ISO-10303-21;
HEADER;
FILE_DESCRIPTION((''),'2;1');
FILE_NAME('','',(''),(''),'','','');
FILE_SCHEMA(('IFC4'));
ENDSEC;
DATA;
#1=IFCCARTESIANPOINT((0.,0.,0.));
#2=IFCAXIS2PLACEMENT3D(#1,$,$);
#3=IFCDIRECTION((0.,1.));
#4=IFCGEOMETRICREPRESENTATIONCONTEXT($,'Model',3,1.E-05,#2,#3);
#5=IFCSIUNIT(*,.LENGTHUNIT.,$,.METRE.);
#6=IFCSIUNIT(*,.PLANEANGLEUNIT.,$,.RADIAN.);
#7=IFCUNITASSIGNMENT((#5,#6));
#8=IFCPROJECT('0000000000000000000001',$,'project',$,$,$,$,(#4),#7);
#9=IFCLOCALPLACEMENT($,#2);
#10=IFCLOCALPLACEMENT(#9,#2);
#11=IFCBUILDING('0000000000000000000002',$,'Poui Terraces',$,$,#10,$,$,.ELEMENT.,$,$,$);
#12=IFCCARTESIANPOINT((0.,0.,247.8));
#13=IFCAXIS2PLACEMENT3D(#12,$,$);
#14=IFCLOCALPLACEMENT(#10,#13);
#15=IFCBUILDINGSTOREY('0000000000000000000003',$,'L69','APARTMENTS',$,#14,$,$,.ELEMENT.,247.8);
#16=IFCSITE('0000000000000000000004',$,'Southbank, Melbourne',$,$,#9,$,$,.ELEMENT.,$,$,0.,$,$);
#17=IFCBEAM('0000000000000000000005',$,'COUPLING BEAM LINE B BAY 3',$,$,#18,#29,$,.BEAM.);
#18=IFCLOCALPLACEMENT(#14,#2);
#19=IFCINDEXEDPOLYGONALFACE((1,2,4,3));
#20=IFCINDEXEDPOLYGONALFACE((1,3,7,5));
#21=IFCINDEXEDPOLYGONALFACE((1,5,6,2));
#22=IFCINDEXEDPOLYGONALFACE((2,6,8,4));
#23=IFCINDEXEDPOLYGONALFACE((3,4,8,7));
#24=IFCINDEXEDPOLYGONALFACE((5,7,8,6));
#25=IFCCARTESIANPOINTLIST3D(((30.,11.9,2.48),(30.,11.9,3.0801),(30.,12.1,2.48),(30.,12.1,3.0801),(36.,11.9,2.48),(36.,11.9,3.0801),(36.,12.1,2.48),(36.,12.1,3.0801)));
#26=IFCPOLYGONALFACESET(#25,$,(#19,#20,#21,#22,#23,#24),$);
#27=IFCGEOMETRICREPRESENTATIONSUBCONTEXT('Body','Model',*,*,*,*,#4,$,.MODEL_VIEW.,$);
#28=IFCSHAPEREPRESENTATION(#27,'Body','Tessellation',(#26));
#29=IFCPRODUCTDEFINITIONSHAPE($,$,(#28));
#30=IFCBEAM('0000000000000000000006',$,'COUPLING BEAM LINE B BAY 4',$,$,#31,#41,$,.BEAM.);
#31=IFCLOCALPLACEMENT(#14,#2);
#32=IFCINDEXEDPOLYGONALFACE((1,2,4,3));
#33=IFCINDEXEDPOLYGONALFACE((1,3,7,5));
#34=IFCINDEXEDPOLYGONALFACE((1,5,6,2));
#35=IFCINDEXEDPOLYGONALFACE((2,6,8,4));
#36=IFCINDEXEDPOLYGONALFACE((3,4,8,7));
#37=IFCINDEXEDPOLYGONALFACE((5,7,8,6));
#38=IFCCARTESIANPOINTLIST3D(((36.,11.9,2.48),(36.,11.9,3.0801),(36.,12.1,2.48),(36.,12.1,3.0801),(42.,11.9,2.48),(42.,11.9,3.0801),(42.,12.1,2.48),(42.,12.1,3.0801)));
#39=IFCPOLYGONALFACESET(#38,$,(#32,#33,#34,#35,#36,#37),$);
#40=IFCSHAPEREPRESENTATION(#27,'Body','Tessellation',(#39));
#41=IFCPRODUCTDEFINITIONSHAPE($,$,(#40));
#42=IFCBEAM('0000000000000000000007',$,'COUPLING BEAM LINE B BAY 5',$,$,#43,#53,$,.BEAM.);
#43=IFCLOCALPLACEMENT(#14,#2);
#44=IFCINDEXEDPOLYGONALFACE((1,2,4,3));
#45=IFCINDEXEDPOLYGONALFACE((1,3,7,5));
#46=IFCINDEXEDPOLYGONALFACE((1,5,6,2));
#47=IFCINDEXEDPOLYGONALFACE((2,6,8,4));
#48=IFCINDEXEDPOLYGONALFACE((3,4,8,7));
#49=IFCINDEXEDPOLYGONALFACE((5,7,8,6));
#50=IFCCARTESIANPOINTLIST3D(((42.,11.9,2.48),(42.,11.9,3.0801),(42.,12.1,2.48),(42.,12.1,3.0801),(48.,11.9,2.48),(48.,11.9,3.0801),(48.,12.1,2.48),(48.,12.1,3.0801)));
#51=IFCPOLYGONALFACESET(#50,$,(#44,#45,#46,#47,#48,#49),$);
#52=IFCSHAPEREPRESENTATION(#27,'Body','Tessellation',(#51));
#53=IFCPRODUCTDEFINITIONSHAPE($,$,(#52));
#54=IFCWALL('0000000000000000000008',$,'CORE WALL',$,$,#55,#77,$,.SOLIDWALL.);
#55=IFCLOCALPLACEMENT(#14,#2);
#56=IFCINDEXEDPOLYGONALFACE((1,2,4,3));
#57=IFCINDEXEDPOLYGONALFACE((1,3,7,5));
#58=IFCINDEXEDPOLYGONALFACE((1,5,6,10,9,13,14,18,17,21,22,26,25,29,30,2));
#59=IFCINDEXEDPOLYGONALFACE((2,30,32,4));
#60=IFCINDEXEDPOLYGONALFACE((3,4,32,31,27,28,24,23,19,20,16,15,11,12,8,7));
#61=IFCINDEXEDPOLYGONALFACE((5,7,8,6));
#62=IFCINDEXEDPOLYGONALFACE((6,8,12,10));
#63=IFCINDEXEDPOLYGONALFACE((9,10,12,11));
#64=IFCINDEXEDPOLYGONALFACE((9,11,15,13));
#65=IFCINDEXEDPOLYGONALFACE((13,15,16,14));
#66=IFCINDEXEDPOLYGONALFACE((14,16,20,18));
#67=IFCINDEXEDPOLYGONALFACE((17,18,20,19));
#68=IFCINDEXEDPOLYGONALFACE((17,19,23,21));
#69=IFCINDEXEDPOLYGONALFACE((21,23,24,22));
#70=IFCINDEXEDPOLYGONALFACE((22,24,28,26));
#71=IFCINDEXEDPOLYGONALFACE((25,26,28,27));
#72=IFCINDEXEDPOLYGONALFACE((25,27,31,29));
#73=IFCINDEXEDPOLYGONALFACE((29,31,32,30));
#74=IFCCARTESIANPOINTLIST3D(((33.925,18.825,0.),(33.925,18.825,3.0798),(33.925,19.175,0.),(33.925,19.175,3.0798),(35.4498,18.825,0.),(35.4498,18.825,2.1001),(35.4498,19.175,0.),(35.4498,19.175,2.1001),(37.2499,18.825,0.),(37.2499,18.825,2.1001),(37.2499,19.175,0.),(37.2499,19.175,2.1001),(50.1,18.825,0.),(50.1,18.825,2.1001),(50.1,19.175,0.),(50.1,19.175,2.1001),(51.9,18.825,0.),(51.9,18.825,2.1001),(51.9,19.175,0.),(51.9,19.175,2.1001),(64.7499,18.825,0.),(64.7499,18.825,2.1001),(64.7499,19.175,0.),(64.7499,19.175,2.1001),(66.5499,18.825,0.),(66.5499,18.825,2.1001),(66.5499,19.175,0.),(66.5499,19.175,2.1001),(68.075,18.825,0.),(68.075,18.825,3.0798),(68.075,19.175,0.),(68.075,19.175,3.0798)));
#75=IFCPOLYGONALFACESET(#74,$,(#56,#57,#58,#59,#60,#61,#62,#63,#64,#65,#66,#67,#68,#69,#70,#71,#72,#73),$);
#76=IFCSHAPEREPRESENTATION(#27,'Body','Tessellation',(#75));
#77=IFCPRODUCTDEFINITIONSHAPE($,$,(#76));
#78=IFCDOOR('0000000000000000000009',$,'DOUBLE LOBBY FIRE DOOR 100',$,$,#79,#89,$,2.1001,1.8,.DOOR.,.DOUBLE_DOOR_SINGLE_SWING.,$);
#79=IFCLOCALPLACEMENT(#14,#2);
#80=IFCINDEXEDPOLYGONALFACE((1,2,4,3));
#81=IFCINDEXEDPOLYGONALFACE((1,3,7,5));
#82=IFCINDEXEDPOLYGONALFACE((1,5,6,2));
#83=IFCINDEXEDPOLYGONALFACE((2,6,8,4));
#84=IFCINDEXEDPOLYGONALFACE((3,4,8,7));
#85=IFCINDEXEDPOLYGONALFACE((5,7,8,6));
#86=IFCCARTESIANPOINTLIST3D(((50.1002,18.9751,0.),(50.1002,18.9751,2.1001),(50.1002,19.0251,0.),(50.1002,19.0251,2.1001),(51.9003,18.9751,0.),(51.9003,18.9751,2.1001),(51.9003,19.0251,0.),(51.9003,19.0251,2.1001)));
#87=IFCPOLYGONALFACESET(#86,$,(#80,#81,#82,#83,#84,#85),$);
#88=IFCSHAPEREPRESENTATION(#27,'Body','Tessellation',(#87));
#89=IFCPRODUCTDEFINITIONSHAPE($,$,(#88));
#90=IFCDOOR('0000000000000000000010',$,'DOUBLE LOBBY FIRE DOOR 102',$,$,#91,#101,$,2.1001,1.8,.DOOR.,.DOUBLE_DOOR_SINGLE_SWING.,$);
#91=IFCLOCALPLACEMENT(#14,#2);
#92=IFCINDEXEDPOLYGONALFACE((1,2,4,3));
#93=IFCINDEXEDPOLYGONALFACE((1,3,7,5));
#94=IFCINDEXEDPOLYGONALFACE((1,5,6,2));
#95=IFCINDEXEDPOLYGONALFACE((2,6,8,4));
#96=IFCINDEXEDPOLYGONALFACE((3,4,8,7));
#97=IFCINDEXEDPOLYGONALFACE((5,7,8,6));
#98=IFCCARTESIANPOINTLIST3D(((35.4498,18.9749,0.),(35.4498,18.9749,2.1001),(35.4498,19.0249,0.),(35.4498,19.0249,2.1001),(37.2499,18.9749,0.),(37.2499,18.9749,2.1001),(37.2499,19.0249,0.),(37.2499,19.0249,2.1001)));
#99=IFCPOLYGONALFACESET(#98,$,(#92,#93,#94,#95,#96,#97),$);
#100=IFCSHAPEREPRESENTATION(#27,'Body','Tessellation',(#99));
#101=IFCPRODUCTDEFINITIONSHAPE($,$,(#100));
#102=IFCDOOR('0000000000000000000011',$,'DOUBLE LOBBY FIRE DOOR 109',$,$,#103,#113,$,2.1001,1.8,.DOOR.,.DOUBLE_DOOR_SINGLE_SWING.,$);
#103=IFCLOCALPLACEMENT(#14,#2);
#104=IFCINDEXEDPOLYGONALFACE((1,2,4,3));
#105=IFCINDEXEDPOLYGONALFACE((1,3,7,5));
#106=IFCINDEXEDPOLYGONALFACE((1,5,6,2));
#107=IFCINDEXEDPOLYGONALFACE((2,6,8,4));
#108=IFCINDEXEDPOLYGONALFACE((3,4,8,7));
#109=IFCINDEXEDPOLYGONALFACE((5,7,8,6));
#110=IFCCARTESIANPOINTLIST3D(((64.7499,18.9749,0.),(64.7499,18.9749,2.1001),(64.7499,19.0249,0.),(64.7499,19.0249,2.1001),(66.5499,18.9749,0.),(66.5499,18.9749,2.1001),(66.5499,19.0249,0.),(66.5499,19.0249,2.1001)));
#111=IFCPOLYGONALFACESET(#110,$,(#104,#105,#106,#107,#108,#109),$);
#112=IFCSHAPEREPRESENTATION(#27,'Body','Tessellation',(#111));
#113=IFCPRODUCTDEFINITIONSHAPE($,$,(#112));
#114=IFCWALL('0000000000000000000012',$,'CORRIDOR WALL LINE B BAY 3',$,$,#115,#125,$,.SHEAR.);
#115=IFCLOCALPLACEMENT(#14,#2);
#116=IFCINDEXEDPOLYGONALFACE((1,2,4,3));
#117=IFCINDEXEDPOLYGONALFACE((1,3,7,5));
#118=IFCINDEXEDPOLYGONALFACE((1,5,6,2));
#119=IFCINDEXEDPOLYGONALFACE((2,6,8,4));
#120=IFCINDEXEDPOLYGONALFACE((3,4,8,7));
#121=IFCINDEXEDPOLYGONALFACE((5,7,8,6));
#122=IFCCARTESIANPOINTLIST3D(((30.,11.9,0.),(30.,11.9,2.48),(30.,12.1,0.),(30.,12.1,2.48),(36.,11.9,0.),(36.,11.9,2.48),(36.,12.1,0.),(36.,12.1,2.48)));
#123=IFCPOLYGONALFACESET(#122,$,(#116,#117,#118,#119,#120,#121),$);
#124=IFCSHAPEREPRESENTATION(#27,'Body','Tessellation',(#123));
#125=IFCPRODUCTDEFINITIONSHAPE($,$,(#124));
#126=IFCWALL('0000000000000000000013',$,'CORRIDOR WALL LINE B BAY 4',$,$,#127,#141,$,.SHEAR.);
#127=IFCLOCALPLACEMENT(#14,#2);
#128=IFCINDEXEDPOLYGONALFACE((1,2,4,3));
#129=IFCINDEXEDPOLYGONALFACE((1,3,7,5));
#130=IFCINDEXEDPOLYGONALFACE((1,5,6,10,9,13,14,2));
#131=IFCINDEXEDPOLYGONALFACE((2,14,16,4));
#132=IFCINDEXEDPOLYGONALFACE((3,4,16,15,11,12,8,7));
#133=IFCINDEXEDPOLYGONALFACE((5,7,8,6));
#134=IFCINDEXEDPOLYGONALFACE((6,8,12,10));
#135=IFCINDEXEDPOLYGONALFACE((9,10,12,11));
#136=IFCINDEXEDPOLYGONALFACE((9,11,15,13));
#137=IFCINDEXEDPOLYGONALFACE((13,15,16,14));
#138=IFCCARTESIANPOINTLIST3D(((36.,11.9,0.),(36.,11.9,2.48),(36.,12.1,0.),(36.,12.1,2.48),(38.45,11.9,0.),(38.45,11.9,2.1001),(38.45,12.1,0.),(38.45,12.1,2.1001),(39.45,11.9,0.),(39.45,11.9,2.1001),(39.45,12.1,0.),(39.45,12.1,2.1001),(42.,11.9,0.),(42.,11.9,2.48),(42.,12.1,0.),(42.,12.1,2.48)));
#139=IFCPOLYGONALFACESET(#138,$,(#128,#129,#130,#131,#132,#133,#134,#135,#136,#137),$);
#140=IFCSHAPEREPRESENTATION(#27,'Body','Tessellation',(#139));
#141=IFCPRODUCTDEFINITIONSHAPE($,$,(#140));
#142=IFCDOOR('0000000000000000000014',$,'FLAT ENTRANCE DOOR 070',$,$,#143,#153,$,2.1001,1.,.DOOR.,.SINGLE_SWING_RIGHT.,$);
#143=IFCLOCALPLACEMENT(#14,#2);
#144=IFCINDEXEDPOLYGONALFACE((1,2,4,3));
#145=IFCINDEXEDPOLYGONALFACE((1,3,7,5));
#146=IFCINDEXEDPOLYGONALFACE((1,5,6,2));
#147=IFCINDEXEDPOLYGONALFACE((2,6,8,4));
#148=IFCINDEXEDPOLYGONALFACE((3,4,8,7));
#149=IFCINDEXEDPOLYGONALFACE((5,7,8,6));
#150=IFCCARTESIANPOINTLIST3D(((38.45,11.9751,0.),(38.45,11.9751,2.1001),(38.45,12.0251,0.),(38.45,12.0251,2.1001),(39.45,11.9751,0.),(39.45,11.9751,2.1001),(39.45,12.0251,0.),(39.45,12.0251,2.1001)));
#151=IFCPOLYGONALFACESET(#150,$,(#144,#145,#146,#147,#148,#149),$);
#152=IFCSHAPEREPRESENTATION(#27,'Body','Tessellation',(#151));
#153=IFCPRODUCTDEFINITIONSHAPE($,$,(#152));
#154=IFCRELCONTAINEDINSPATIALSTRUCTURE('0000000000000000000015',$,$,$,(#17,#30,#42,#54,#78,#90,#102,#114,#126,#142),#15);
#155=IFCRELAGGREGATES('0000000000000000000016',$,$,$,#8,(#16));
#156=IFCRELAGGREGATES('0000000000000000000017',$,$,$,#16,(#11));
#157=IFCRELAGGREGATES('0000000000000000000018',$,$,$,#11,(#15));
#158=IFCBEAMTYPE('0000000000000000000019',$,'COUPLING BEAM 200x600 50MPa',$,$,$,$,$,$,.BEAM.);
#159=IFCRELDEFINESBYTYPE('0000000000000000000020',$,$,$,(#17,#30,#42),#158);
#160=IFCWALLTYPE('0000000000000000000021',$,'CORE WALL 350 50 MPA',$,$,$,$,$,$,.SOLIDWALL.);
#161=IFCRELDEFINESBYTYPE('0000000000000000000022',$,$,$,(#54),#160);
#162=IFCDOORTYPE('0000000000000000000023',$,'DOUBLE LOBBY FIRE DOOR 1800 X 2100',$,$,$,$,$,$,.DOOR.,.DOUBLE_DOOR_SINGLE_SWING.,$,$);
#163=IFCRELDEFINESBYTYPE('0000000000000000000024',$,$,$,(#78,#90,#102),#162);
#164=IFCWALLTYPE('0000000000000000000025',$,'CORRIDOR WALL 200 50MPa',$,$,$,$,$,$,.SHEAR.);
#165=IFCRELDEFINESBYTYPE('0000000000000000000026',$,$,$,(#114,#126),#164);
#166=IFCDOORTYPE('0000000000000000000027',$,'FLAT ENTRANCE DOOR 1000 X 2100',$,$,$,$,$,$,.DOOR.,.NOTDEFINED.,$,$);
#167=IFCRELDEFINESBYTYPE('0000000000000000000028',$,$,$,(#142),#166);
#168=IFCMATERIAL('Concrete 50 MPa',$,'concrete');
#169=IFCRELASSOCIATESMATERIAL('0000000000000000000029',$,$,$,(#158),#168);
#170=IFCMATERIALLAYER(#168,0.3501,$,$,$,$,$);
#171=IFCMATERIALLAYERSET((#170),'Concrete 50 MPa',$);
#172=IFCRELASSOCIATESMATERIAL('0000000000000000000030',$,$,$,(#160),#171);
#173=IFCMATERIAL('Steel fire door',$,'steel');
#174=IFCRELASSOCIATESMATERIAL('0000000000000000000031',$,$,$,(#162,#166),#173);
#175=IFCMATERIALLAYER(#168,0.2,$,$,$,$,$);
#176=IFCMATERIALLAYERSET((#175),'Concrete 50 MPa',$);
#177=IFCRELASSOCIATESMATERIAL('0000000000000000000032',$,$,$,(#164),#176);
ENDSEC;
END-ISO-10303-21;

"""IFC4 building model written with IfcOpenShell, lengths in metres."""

from ifc_helpers import new_model, si_unit, direction, frame, frame_2d, origin, origin_2d, place, context, subcontext, project, spatial, rectangle, extrude, source, transform, mapped, material, layer, layer_set, material_profile, profile_set, type_object, element, fill, save


model = new_model("IFC4")

# Units and contexts
model_context = context("Model", 3, precision=1e-05, world=origin(), true_north=direction((0.0, 1.0)))
body_context = subcontext(model_context, "Body", "Model", "MODEL_VIEW")
ifc_project = project(units=[si_unit("LENGTHUNIT", "METRE"), si_unit("PLANEANGLEUNIT", "RADIAN")], contexts=[model_context])

# Site, building, storey
site_placement = place(None, origin())
site = spatial("IfcSite", under=ifc_project, at=site_placement, Name="Southbank, Melbourne", CompositionType="ELEMENT", RefElevation=0.0)
building_placement = place(site_placement, origin())
building = spatial("IfcBuilding", under=site, at=building_placement, Name="Poui Terraces", CompositionType="ELEMENT")
storey_placement = place(building_placement, frame((0.0, 0.0, 247.8)))
storey = spatial("IfcBuildingStorey", under=building, at=storey_placement, Name="L69", Description="APARTMENTS", CompositionType="ELEMENT", Elevation=247.8)

# Beams
ifc_material_1 = material(Name="Concrete 50 MPa", Category="concrete")
ifc_material_profile = material_profile(ifc_material_1, rectangle(XDim=0.2, YDim=0.6001, at=origin_2d()), Name="RC 200x600")
ifc_profile_set = profile_set([ifc_material_profile], Name="Concrete 50 MPa")
beam_type = type_object("IfcBeamType", Name="COUPLING BEAM 200x600 50MPa", PredefinedType="BEAM", material=ifc_profile_set)
shared_shape = source(origin(), body_context, "Body", "SweptSolid", [
    extrude(rectangle(XDim=0.2, YDim=0.6001, at=origin_2d()), origin(), (0.0, 0.0, 1.0), 6.0),
])
for number, where, z_axis, x_axis, name in (
    (1, (30.0, 12.0, 2.78), (1.0, 0.0, 0.0), (0.0, 1.0, 0.0), "COUPLING BEAM LINE B BAY 3"),
    (2, (36.0, 12.0, 2.78), (1.0, 0.0, 0.0), (0.0, 1.0, 0.0), "COUPLING BEAM LINE B BAY 4"),
    (3, (42.0, 12.0, 2.78), (1.0, 0.0, 0.0), (0.0, 1.0, 0.0), "COUPLING BEAM LINE B BAY 5"),
):
    element("IfcBeam", number, at=place(storey_placement, frame(where, z_axis=z_axis, x_axis=x_axis)), inside=storey, type_object=beam_type, Name=name, PredefinedType="BEAM", context=body_context, shape_type="MappedRepresentation", body=[
        mapped(shared_shape, transform((0.0, 0.0, 0.0))),
    ])

# Wall, openings, doors
ifc_layer_1 = layer(ifc_material_1, 0.3501)
ifc_layer_set_1 = layer_set([ifc_layer_1], Name="Concrete 50 MPa")
wall_type_1 = type_object("IfcWallType", Name="CORE WALL 350 50 MPA", PredefinedType="SOLIDWALL", material=ifc_layer_set_1)
wall_1_placement = place(storey_placement, frame((33.925, 19.0, 0.0), z_axis=(0.0, 0.0, 1.0), x_axis=(1.0, 0.0, 0.0)))
wall_1 = element("IfcWall", 4, at=wall_1_placement, inside=storey, type_object=wall_type_1, Name="CORE WALL", PredefinedType="SOLIDWALL", context=body_context, shape_type="SweptSolid", body=[
    extrude(rectangle(XDim=34.1499, YDim=0.3501, at=frame_2d((17.075, 0.0))), origin(), (0.0, 0.0, 1.0), 3.0798),
])
opening_1_placement = place(wall_1_placement, frame((16.175, 0.0, 0.0)))
opening_1 = element("IfcOpeningElement", 5, at=opening_1_placement, cuts=wall_1, PredefinedType="OPENING", context=body_context, shape_type="SweptSolid", body=[
    extrude(rectangle(XDim=1.8, YDim=2.1001, at=frame_2d((0.8999, 1.05))), frame((0.0, 0.1851, 0.0), z_axis=(0.0, -1.0, 0.0), x_axis=(1.0, 0.0, 0.0)), (0.0, 0.0, 1.0), 0.3701),
])
opening_2_placement = place(wall_1_placement, frame((1.5249, 0.0, 0.0)))
opening_2 = element("IfcOpeningElement", 6, at=opening_2_placement, cuts=wall_1, PredefinedType="OPENING", context=body_context, shape_type="SweptSolid", body=[
    extrude(rectangle(XDim=1.8, YDim=2.1001, at=frame_2d((0.8999, 1.05))), frame((0.0, 0.1851, 0.0), z_axis=(0.0, -1.0, 0.0), x_axis=(1.0, 0.0, 0.0)), (0.0, 0.0, 1.0), 0.3701),
])
opening_3_placement = place(wall_1_placement, frame((30.825, 0.0, 0.0)))
opening_3 = element("IfcOpeningElement", 7, at=opening_3_placement, cuts=wall_1, PredefinedType="OPENING", context=body_context, shape_type="SweptSolid", body=[
    extrude(rectangle(XDim=1.8, YDim=2.1001, at=frame_2d((0.8999, 1.05))), frame((0.0, 0.1851, 0.0), z_axis=(0.0, -1.0, 0.0), x_axis=(1.0, 0.0, 0.0)), (0.0, 0.0, 1.0), 0.3701),
])
ifc_material_2 = material(Name="Steel fire door", Category="steel")
door_type_1 = type_object("IfcDoorType", Name="DOUBLE LOBBY FIRE DOOR 1800 X 2100", OperationType="DOUBLE_DOOR_SINGLE_SWING", PredefinedType="DOOR", material=ifc_material_2)
door_1_placement = place(opening_1_placement, frame((1.8, 0.0, 0.0), z_axis=(0.0, 0.0, 1.0), x_axis=(-1.0, 0.0, 0.0)))
door_1 = element("IfcDoor", 8, at=door_1_placement, inside=storey, type_object=door_type_1, Name="DOUBLE LOBBY FIRE DOOR 100", OperationType="DOUBLE_DOOR_SINGLE_SWING", OverallHeight=2.1001, OverallWidth=1.8, PredefinedType="DOOR", context=body_context, shape_type="SweptSolid", body=[
    extrude(rectangle(XDim=1.8, YDim=2.1001, at=frame_2d((0.8999, 1.05))), frame((0.0, 0.0249, 0.0), z_axis=(0.0, -1.0, 0.0), x_axis=(1.0, 0.0, 0.0)), (0.0, 0.0, 1.0), 0.05),
])
fill(opening_1, door_1)
door_2_placement = place(opening_2_placement, origin())
door_2 = element("IfcDoor", 9, at=door_2_placement, inside=storey, type_object=door_type_1, Name="DOUBLE LOBBY FIRE DOOR 102", OperationType="DOUBLE_DOOR_SINGLE_SWING", OverallHeight=2.1001, OverallWidth=1.8, PredefinedType="DOOR", context=body_context, shape_type="SweptSolid", body=[
    extrude(rectangle(XDim=1.8, YDim=2.1001, at=frame_2d((0.8999, 1.05))), frame((0.0, 0.0249, 0.0), z_axis=(0.0, -1.0, 0.0), x_axis=(1.0, 0.0, 0.0)), (0.0, 0.0, 1.0), 0.05),
])
fill(opening_2, door_2)
door_3_placement = place(opening_3_placement, origin())
door_3 = element("IfcDoor", 10, at=door_3_placement, inside=storey, type_object=door_type_1, Name="DOUBLE LOBBY FIRE DOOR 109", OperationType="DOUBLE_DOOR_SINGLE_SWING", OverallHeight=2.1001, OverallWidth=1.8, PredefinedType="DOOR", context=body_context, shape_type="SweptSolid", body=[
    extrude(rectangle(XDim=1.8, YDim=2.1001, at=frame_2d((0.8999, 1.05))), frame((0.0, 0.0249, 0.0), z_axis=(0.0, -1.0, 0.0), x_axis=(1.0, 0.0, 0.0)), (0.0, 0.0, 1.0), 0.05),
])
fill(opening_3, door_3)

# Wall
ifc_layer_2 = layer(ifc_material_1, 0.2)
ifc_layer_set_2 = layer_set([ifc_layer_2], Name="Concrete 50 MPa")
wall_type_2 = type_object("IfcWallType", Name="CORRIDOR WALL 200 50MPa", PredefinedType="SHEAR", material=ifc_layer_set_2)
wall_2_placement = place(storey_placement, frame((30.0, 12.0, 0.0), z_axis=(0.0, 0.0, 1.0), x_axis=(1.0, 0.0, 0.0)))
element("IfcWall", 11, at=wall_2_placement, inside=storey, type_object=wall_type_2, Name="CORRIDOR WALL LINE B BAY 3", PredefinedType="SHEAR", context=body_context, shape_type="SweptSolid", body=[
    extrude(rectangle(XDim=6.0, YDim=0.2, at=frame_2d((3.0, 0.0))), origin(), (0.0, 0.0, 1.0), 2.48),
])

# Wall, opening, door
wall_3_placement = place(storey_placement, frame((36.0, 12.0, 0.0), z_axis=(0.0, 0.0, 1.0), x_axis=(1.0, 0.0, 0.0)))
wall_3 = element("IfcWall", 12, at=wall_3_placement, inside=storey, type_object=wall_type_2, Name="CORRIDOR WALL LINE B BAY 4", PredefinedType="SHEAR", context=body_context, shape_type="SweptSolid", body=[
    extrude(rectangle(XDim=6.0, YDim=0.2, at=frame_2d((3.0, 0.0))), origin(), (0.0, 0.0, 1.0), 2.48),
])
opening_4_placement = place(wall_3_placement, frame((2.45, 0.0, 0.0)))
opening_4 = element("IfcOpeningElement", 13, at=opening_4_placement, cuts=wall_3, PredefinedType="OPENING", context=body_context, shape_type="SweptSolid", body=[
    extrude(rectangle(XDim=1.0, YDim=2.1001, at=frame_2d((0.5, 1.05))), frame((0.0, 0.1099, 0.0), z_axis=(0.0, -1.0, 0.0), x_axis=(1.0, 0.0, 0.0)), (0.0, 0.0, 1.0), 0.22),
])
door_type_2 = type_object("IfcDoorType", Name="FLAT ENTRANCE DOOR 1000 X 2100", OperationType="NOTDEFINED", PredefinedType="DOOR", material=ifc_material_2)
door_4_placement = place(opening_4_placement, frame((1.0, 0.0, 0.0), z_axis=(0.0, 0.0, 1.0), x_axis=(-1.0, 0.0, 0.0)))
door_4 = element("IfcDoor", 14, at=door_4_placement, inside=storey, type_object=door_type_2, Name="FLAT ENTRANCE DOOR 070", OperationType="SINGLE_SWING_RIGHT", OverallHeight=2.1001, OverallWidth=1.0, PredefinedType="DOOR", context=body_context, shape_type="SweptSolid", body=[
    extrude(rectangle(XDim=1.0, YDim=2.1001, at=frame_2d((0.5, 1.05))), frame((0.0, 0.0249, 0.0), z_axis=(0.0, -1.0, 0.0), x_axis=(1.0, 0.0, 0.0)), (0.0, 0.0, 1.0), 0.05),
])
fill(opening_4, door_4)

save(model, "model.ifc")
